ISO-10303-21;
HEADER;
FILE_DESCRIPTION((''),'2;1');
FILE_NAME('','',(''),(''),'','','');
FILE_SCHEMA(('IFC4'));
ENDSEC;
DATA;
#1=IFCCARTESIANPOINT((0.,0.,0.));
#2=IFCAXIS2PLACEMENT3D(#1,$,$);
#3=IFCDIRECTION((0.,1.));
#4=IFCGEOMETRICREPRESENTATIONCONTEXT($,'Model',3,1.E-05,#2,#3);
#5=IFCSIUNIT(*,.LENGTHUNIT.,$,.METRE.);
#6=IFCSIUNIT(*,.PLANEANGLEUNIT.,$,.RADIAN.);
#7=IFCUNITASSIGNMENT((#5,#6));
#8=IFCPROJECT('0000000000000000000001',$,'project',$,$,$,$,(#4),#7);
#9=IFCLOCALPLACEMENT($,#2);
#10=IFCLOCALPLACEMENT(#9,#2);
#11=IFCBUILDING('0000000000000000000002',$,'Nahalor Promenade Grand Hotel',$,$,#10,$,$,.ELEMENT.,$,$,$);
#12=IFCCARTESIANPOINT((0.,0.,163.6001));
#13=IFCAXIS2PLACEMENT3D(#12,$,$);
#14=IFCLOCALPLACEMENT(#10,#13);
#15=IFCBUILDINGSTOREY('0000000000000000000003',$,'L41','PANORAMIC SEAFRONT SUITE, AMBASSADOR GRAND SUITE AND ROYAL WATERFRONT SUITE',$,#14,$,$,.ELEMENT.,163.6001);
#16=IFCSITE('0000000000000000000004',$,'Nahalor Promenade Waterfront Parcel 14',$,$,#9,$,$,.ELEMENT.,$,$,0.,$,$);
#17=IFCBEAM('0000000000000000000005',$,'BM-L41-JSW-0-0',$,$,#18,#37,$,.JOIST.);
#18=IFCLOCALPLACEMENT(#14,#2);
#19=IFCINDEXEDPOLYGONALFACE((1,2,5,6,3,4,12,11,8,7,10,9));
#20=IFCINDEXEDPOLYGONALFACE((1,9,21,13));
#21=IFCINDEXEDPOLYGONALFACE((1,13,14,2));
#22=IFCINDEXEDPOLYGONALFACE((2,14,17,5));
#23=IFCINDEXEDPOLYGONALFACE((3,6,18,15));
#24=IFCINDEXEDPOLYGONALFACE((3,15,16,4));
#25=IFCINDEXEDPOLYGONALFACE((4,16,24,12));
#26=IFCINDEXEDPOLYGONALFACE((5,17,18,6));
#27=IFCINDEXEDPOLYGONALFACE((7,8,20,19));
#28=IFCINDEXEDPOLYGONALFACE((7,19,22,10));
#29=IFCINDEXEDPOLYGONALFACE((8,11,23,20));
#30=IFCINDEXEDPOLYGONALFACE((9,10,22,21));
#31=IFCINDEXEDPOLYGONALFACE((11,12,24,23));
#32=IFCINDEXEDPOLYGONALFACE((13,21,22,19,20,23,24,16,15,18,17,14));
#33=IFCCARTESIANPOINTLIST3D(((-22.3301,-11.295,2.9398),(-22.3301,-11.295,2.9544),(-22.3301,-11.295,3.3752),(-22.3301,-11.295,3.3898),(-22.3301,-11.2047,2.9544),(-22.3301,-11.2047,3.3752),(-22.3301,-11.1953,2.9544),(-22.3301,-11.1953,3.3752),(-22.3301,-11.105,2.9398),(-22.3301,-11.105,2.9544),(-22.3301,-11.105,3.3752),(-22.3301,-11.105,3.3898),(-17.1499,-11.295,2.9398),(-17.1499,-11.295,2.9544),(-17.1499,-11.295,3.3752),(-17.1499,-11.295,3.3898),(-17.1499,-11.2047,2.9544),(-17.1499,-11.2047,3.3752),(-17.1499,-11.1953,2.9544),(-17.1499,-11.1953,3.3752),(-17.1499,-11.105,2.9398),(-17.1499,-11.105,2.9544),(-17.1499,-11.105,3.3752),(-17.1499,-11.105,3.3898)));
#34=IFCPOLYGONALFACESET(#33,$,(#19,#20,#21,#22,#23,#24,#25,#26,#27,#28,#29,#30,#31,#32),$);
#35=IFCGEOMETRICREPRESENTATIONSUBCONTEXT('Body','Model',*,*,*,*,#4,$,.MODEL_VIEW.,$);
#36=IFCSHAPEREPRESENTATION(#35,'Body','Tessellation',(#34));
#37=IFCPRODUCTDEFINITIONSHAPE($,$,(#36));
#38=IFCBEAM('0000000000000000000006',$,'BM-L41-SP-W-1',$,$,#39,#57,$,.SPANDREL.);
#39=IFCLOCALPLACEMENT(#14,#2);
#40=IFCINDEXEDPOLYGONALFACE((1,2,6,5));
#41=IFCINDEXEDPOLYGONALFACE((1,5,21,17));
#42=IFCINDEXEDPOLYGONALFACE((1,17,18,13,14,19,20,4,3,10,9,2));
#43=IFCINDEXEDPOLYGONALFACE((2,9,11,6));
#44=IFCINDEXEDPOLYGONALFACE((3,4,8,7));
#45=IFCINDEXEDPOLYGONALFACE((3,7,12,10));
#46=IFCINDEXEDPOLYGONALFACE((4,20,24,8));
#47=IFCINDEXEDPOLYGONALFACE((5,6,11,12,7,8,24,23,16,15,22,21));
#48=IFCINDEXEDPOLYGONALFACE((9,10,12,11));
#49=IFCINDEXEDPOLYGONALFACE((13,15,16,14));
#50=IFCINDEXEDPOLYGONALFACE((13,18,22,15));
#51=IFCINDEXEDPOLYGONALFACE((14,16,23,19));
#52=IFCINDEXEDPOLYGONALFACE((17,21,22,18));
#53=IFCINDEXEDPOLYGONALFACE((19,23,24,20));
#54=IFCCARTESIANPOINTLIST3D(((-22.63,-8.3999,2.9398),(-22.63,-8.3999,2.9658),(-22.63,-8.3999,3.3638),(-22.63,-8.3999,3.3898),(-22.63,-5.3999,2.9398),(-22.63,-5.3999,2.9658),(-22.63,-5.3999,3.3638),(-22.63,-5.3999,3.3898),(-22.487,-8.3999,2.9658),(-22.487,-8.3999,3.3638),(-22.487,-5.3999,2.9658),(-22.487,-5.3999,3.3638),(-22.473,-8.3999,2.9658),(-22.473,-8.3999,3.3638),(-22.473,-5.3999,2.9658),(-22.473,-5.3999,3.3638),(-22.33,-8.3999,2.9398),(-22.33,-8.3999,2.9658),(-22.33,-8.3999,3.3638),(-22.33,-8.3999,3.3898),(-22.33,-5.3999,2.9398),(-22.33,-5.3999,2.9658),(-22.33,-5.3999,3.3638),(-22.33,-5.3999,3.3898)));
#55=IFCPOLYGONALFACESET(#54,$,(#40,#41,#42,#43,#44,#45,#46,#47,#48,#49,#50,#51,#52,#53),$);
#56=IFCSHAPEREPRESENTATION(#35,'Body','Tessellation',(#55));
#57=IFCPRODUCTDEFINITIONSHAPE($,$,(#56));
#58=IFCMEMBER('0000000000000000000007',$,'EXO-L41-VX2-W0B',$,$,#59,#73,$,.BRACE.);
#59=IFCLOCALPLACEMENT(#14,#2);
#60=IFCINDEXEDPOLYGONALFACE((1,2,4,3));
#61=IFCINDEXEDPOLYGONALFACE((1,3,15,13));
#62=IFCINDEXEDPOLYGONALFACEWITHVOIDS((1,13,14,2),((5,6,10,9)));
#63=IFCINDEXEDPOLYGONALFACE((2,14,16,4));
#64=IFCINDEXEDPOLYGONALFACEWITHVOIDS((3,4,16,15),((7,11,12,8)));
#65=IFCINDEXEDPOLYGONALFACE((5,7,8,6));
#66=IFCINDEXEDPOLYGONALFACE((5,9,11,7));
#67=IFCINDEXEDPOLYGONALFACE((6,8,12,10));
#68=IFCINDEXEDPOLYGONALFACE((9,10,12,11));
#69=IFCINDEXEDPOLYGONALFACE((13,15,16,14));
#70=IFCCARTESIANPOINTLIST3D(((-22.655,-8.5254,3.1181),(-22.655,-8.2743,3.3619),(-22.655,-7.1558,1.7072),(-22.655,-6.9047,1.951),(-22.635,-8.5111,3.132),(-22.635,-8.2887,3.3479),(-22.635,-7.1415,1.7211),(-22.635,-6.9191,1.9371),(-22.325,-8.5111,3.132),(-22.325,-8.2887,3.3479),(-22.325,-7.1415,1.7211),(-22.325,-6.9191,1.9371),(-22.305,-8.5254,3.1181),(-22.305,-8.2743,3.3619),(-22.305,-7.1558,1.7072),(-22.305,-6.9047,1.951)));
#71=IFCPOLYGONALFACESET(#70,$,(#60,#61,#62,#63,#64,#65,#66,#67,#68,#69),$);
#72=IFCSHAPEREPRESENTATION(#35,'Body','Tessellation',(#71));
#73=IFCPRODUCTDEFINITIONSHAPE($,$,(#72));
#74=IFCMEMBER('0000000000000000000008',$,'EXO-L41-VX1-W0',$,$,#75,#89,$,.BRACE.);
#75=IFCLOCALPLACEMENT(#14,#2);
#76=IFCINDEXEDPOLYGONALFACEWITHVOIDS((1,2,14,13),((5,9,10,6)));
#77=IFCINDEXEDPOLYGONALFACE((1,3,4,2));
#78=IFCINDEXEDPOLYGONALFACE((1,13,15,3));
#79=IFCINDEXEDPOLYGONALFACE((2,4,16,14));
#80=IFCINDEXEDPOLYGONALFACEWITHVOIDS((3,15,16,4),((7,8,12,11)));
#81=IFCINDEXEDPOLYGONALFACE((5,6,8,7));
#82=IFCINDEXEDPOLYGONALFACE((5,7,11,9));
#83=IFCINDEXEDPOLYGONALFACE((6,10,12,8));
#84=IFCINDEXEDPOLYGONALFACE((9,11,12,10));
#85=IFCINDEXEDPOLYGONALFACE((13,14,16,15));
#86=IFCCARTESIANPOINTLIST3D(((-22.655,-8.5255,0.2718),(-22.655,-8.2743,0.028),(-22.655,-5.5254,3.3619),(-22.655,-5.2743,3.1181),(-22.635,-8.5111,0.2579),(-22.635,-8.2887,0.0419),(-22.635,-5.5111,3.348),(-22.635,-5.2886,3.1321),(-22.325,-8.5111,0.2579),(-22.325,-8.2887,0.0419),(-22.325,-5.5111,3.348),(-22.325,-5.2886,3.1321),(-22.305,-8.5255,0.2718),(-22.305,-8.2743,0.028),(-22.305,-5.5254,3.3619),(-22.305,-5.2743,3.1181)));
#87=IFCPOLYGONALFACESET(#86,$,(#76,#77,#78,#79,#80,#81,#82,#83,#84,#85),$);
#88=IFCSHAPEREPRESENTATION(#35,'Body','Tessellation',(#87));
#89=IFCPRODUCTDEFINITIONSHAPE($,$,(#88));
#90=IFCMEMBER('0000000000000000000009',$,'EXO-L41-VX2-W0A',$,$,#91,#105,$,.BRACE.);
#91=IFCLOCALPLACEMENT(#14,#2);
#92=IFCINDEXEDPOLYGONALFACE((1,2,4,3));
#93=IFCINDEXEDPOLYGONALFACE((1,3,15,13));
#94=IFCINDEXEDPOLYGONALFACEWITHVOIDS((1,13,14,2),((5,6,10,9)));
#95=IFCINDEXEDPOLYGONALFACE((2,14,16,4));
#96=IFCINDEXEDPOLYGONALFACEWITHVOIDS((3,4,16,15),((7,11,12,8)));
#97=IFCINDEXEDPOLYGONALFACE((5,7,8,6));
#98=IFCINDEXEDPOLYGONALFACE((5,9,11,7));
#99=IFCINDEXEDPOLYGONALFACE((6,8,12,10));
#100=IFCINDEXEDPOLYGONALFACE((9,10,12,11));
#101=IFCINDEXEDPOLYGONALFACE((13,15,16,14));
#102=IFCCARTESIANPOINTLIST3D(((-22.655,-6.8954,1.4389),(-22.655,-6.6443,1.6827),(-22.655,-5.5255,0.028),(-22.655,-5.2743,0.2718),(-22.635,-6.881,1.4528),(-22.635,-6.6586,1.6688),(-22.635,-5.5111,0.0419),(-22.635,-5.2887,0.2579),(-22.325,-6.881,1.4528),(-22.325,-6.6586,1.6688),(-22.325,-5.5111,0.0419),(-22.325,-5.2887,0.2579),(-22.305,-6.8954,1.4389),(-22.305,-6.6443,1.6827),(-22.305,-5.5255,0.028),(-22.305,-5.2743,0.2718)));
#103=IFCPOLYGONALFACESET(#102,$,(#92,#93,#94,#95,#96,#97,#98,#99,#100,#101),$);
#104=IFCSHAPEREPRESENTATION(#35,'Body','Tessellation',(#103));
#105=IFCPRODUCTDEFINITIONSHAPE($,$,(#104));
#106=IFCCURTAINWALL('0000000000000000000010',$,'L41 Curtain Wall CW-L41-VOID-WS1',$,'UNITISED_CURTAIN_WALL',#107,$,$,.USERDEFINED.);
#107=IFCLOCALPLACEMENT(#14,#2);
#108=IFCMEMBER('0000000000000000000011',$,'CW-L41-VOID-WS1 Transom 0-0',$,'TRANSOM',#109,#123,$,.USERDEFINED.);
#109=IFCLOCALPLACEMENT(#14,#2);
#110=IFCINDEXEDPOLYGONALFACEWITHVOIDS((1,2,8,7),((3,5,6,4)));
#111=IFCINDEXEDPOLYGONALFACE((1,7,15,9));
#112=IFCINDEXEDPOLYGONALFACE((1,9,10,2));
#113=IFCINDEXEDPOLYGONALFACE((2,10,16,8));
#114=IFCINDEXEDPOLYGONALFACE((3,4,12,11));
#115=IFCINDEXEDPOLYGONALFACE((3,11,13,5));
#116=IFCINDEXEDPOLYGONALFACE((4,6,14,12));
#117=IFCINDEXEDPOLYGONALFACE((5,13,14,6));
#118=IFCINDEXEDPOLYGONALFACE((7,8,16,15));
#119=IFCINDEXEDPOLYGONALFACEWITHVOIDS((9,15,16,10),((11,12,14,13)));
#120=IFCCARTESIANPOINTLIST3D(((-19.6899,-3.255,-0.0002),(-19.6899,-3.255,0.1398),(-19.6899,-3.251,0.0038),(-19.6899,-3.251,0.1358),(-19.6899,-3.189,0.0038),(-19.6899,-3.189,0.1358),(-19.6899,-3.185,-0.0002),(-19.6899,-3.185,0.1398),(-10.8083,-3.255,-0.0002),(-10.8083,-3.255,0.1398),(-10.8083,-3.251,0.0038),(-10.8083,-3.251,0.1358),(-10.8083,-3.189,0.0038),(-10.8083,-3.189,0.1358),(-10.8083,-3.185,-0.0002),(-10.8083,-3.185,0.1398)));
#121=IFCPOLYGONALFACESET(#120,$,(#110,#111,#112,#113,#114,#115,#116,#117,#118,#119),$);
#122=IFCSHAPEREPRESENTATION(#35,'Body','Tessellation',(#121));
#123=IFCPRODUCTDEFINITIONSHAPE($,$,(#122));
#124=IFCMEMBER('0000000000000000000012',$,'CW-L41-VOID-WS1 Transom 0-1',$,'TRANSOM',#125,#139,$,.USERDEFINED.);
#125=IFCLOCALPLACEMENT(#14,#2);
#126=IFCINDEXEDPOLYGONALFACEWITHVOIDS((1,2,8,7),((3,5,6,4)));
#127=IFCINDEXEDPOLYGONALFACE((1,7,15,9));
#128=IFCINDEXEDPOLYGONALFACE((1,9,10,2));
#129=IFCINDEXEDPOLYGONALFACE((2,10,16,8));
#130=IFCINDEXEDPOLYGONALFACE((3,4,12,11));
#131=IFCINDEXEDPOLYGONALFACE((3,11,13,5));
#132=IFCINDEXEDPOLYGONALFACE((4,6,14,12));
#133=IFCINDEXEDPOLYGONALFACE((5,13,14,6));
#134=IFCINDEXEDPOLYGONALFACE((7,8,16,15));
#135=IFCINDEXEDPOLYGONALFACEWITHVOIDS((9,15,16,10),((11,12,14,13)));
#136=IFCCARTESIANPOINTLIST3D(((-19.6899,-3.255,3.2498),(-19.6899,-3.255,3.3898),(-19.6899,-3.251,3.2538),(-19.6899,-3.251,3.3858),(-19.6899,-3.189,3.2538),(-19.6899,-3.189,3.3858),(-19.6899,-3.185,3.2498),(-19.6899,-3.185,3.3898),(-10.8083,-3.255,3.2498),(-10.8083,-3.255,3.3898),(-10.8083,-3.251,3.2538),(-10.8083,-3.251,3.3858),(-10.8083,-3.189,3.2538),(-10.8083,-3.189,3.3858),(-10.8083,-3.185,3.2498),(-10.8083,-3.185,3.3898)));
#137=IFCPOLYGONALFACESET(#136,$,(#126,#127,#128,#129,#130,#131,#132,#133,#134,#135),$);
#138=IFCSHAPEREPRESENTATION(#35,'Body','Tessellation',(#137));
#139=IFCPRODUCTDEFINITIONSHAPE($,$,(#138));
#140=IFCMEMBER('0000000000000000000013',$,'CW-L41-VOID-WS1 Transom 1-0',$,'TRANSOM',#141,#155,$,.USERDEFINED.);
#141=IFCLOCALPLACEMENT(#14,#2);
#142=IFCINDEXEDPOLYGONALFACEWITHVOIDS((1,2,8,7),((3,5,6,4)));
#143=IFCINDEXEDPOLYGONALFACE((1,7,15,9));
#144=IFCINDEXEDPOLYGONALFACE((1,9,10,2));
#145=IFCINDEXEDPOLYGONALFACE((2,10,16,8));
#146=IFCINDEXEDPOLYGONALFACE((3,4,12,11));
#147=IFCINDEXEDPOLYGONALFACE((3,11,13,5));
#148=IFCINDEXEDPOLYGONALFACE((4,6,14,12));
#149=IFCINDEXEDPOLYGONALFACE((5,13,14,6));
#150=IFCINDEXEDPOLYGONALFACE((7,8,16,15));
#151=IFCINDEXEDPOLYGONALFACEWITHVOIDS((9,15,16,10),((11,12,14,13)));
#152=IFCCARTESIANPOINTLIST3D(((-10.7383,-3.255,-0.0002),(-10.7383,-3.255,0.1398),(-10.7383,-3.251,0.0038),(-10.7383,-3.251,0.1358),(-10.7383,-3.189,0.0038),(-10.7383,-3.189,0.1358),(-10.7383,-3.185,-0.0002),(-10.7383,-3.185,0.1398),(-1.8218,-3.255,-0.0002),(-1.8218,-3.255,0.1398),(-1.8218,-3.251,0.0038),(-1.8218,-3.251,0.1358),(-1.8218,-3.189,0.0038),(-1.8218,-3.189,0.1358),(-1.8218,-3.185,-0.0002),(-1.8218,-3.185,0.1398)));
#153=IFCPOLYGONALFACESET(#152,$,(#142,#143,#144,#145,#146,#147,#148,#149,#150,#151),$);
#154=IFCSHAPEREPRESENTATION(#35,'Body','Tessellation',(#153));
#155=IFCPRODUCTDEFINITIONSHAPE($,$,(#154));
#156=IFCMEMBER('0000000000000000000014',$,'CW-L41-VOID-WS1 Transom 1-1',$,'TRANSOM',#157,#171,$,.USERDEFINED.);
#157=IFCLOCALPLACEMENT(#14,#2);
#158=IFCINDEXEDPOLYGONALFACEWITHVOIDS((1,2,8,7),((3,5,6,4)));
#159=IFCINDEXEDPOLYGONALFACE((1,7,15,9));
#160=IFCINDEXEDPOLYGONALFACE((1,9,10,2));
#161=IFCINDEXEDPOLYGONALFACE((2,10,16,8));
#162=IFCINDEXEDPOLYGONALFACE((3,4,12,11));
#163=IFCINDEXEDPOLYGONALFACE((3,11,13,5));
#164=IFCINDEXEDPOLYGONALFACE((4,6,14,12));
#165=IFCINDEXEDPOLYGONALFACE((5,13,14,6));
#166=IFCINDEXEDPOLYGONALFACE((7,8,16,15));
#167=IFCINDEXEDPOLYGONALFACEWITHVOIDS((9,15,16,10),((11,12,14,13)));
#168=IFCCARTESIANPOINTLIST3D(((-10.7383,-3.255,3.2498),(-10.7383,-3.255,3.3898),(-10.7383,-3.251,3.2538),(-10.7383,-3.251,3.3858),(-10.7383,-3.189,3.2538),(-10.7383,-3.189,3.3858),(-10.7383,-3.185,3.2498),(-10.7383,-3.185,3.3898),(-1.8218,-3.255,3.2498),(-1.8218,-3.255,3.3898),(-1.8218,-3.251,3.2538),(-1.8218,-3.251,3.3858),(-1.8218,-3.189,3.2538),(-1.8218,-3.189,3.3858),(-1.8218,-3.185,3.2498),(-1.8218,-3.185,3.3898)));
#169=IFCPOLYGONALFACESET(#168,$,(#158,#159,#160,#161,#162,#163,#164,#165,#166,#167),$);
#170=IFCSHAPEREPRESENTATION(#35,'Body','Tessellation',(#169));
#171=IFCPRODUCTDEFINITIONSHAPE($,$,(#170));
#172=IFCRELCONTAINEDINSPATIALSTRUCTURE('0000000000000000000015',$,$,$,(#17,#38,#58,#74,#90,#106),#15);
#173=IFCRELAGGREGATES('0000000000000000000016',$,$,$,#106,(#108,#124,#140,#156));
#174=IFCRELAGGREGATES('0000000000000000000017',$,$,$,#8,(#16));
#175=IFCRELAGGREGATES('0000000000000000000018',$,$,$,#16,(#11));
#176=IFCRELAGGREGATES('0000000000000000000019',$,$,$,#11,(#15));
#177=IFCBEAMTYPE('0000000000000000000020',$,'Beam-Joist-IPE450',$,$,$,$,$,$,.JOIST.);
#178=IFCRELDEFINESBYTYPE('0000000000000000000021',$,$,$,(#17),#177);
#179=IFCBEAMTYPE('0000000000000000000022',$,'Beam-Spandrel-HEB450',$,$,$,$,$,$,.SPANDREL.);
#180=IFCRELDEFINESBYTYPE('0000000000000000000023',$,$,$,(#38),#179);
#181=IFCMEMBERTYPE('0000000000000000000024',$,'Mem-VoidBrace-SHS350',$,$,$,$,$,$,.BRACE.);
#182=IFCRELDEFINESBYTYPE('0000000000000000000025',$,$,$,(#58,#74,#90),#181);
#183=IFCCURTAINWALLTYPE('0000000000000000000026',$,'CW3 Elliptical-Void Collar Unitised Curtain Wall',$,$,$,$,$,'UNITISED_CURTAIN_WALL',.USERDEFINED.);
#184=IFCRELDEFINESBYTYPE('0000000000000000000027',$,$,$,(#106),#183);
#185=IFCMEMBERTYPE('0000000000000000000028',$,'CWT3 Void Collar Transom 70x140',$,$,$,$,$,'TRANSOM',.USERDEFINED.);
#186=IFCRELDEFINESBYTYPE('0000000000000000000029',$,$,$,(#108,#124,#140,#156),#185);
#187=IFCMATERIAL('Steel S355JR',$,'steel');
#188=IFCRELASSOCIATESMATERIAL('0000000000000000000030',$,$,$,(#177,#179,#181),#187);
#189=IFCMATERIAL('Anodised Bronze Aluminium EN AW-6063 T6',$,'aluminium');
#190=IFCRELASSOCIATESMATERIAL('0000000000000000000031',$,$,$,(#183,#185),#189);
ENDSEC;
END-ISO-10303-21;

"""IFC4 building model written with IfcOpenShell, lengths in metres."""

from ifc_helpers import new_model, si_unit, direction, frame, origin, origin_2d, place, context, subcontext, project, spatial, hollow_rectangle, i_section, extrude, source, transform, mapped, material, material_profile, profile_set, type_object, element, aggregate, save


model = new_model("IFC4")

# Units and contexts
model_context = context("Model", 3, precision=1e-05, world=origin(), true_north=direction((0.0, 1.0)))
body_context = subcontext(model_context, "Body", "Model", "MODEL_VIEW")
ifc_project = project(units=[si_unit("LENGTHUNIT", "METRE"), si_unit("PLANEANGLEUNIT", "RADIAN")], contexts=[model_context])

# Site, building, storey
site_placement = place(None, origin())
site = spatial("IfcSite", under=ifc_project, at=site_placement, Name="Nahalor Promenade Waterfront Parcel 14", CompositionType="ELEMENT", RefElevation=0.0)
building_placement = place(site_placement, origin())
building = spatial("IfcBuilding", under=site, at=building_placement, Name="Nahalor Promenade Grand Hotel", CompositionType="ELEMENT")
storey_placement = place(building_placement, frame((0.0, 0.0, 163.6001)))
storey = spatial("IfcBuildingStorey", under=building, at=storey_placement, Name="L41", Description="PANORAMIC SEAFRONT SUITE, AMBASSADOR GRAND SUITE AND ROYAL WATERFRONT SUITE", CompositionType="ELEMENT", Elevation=163.6001)

# Beams
ifc_material_1 = material(Name="Steel S355JR", Category="steel")
ifc_material_profile_1 = material_profile(ifc_material_1, i_section(OverallWidth=0.19, OverallDepth=0.45, WebThickness=0.0094, FlangeThickness=0.0146, at=origin_2d()), Name="IPE 450")
ifc_profile_set_1 = profile_set([ifc_material_profile_1], Name="Steel S355JR")
beam_type_1 = type_object("IfcBeamType", Name="Beam-Joist-IPE450", PredefinedType="JOIST", material=ifc_profile_set_1)
shared_shape_1 = source(origin(), body_context, "Body", "SweptSolid", [
    extrude(i_section(OverallWidth=0.19, OverallDepth=0.45, WebThickness=0.0094, FlangeThickness=0.0146, at=origin_2d()), origin(), (0.0, 0.0, 1.0), 5.1802),
])
beam_1_placement = place(storey_placement, frame((-22.3301, -11.2, 3.1648), z_axis=(1.0, 0.0, 0.0), x_axis=(0.0, 1.0, 0.0)))
element("IfcBeam", 1, at=beam_1_placement, inside=storey, type_object=beam_type_1, Name="BM-L41-JSW-0-0", PredefinedType="JOIST", context=body_context, shape_type="MappedRepresentation", body=[
    mapped(shared_shape_1, transform((0.0, 0.0, 0.0), scale=1.0)),
])
ifc_material_profile_2 = material_profile(ifc_material_1, i_section(OverallWidth=0.3, OverallDepth=0.45, WebThickness=0.014, FlangeThickness=0.026, at=origin_2d()), Name="HEB 450")
ifc_profile_set_2 = profile_set([ifc_material_profile_2], Name="Steel S355JR")
beam_type_2 = type_object("IfcBeamType", Name="Beam-Spandrel-HEB450", PredefinedType="SPANDREL", material=ifc_profile_set_2)
shared_shape_2 = source(origin(), body_context, "Body", "SweptSolid", [
    extrude(i_section(OverallWidth=0.3, OverallDepth=0.45, WebThickness=0.014, FlangeThickness=0.026, at=origin_2d()), origin(), (0.0, 0.0, 1.0), 3.0),
])
beam_2_placement = place(storey_placement, frame((-22.48, -8.3999, 3.1648), z_axis=(0.0, 1.0, 0.0), x_axis=(-1.0, 0.0, 0.0)))
element("IfcBeam", 2, at=beam_2_placement, inside=storey, type_object=beam_type_2, Name="BM-L41-SP-W-1", PredefinedType="SPANDREL", context=body_context, shape_type="MappedRepresentation", body=[
    mapped(shared_shape_2, transform((0.0, 0.0, 0.0), scale=1.0)),
])

# Members
ifc_material_profile_3 = material_profile(ifc_material_1, hollow_rectangle(XDim=0.35, YDim=0.35, WallThickness=0.02, at=origin_2d()), Name="SHS 350x350x20")
ifc_profile_set_3 = profile_set([ifc_material_profile_3], Name="Steel S355JR")
member_type_1 = type_object("IfcMemberType", Name="Mem-VoidBrace-SHS350", PredefinedType="BRACE", material=ifc_profile_set_3)
shared_shape_3 = source(origin(), body_context, "Body", "SweptSolid", [
    extrude(hollow_rectangle(XDim=0.35, YDim=0.35, WallThickness=0.02, at=origin_2d()), origin(), (0.0, 0.0, 1.0), 1.9663),
])
member_1_placement = place(storey_placement, frame((-22.48, -7.0303, 1.8291), z_axis=(0.0, -0.696537, 0.71752), x_axis=(1.0, 0.0, 0.0)))
element("IfcMember", 3, at=member_1_placement, inside=storey, type_object=member_type_1, Name="EXO-L41-VX2-W0B", PredefinedType="BRACE", context=body_context, shape_type="MappedRepresentation", body=[
    mapped(shared_shape_3, transform((0.0, 0.0, 0.0), scale=1.0)),
])
shared_shape_4 = source(origin(), body_context, "Body", "SweptSolid", [
    extrude(hollow_rectangle(XDim=0.35, YDim=0.35, WallThickness=0.02, at=origin_2d()), origin(), (0.0, 0.0, 1.0), 4.3069),
])
member_2_placement = place(storey_placement, frame((-22.48, -8.3999, 0.1499), z_axis=(0.0, 0.696571, 0.717488), x_axis=(-1.0, 0.0, 0.0)))
element("IfcMember", 4, at=member_2_placement, inside=storey, type_object=member_type_1, Name="EXO-L41-VX1-W0", PredefinedType="BRACE", context=body_context, shape_type="MappedRepresentation", body=[
    mapped(shared_shape_4, transform((0.0, 0.0, 0.0), scale=1.0)),
])
shared_shape_5 = source(origin(), body_context, "Body", "SweptSolid", [
    extrude(hollow_rectangle(XDim=0.35, YDim=0.35, WallThickness=0.02, at=origin_2d()), origin(), (0.0, 0.0, 1.0), 1.9666),
])
member_3_placement = place(storey_placement, frame((-22.48, -5.3999, 0.1499), z_axis=(0.0, -0.696601, 0.717458), x_axis=(1.0, 0.0, 0.0)))
element("IfcMember", 5, at=member_3_placement, inside=storey, type_object=member_type_1, Name="EXO-L41-VX2-W0A", PredefinedType="BRACE", context=body_context, shape_type="MappedRepresentation", body=[
    mapped(shared_shape_5, transform((0.0, 0.0, 0.0), scale=1.0)),
])

# Curtain wall, members
ifc_material_2 = material(Name="Anodised Bronze Aluminium EN AW-6063 T6", Category="aluminium")
curtain_wall_type = type_object("IfcCurtainWallType", Name="CW3 Elliptical-Void Collar Unitised Curtain Wall", ElementType="UNITISED_CURTAIN_WALL", PredefinedType="USERDEFINED", material=ifc_material_2)
curtain_wall_1_placement = place(storey_placement, origin())
curtain_wall_1 = element("IfcCurtainWall", 6, at=curtain_wall_1_placement, inside=storey, type_object=curtain_wall_type, Name="L41 Curtain Wall CW-L41-VOID-WS1", ObjectType="UNITISED_CURTAIN_WALL", PredefinedType="USERDEFINED")
ifc_material_profile_4 = material_profile(ifc_material_2, hollow_rectangle(XDim=0.07, YDim=0.14, WallThickness=0.004, at=origin_2d()), Name="CWT 70x140x4")
ifc_profile_set_4 = profile_set([ifc_material_profile_4], Name="Anodised Bronze Aluminium EN AW-6063 T6")
member_type_2 = type_object("IfcMemberType", Name="CWT3 Void Collar Transom 70x140", ElementType="TRANSOM", PredefinedType="USERDEFINED", material=ifc_profile_set_4)
shared_shape_6 = source(origin(), body_context, "Body", "SweptSolid", [
    extrude(hollow_rectangle(XDim=0.07, YDim=0.14, WallThickness=0.004, at=origin_2d()), origin(), (0.0, 0.0, 1.0), 8.8816),
])
member_4_placement = place(storey_placement, frame((-19.6899, -3.22, 0.0698), z_axis=(1.0, 0.0, 0.0), x_axis=(0.0, 1.0, 0.0)))
member_4 = element("IfcMember", 7, at=member_4_placement, type_object=member_type_2, Name="CW-L41-VOID-WS1 Transom 0-0", ObjectType="TRANSOM", PredefinedType="USERDEFINED", context=body_context, shape_type="MappedRepresentation", body=[
    mapped(shared_shape_6, transform((0.0, 0.0, 0.0), scale=1.0)),
])
member_5_placement = place(storey_placement, frame((-19.6899, -3.22, 3.3198), z_axis=(1.0, 0.0, 0.0), x_axis=(0.0, 1.0, 0.0)))
member_5 = element("IfcMember", 8, at=member_5_placement, type_object=member_type_2, Name="CW-L41-VOID-WS1 Transom 0-1", ObjectType="TRANSOM", PredefinedType="USERDEFINED", context=body_context, shape_type="MappedRepresentation", body=[
    mapped(shared_shape_6, transform((0.0, 0.0, 0.0), scale=1.0)),
])
shared_shape_7 = source(origin(), body_context, "Body", "SweptSolid", [
    extrude(hollow_rectangle(XDim=0.07, YDim=0.14, WallThickness=0.004, at=origin_2d()), origin(), (0.0, 0.0, 1.0), 8.9165),
])
member_6_placement = place(storey_placement, frame((-10.7383, -3.22, 0.0698), z_axis=(1.0, 0.0, 0.0), x_axis=(0.0, 1.0, 0.0)))
member_6 = element("IfcMember", 9, at=member_6_placement, type_object=member_type_2, Name="CW-L41-VOID-WS1 Transom 1-0", ObjectType="TRANSOM", PredefinedType="USERDEFINED", context=body_context, shape_type="MappedRepresentation", body=[
    mapped(shared_shape_7, transform((0.0, 0.0, 0.0), scale=1.0)),
])
member_7_placement = place(storey_placement, frame((-10.7383, -3.22, 3.3198), z_axis=(1.0, 0.0, 0.0), x_axis=(0.0, 1.0, 0.0)))
member_7 = element("IfcMember", 10, at=member_7_placement, type_object=member_type_2, Name="CW-L41-VOID-WS1 Transom 1-1", ObjectType="TRANSOM", PredefinedType="USERDEFINED", context=body_context, shape_type="MappedRepresentation", body=[
    mapped(shared_shape_7, transform((0.0, 0.0, 0.0), scale=1.0)),
])

aggregate(curtain_wall_1, [member_4, member_5, member_6, member_7])

save(model, "model.ifc")
